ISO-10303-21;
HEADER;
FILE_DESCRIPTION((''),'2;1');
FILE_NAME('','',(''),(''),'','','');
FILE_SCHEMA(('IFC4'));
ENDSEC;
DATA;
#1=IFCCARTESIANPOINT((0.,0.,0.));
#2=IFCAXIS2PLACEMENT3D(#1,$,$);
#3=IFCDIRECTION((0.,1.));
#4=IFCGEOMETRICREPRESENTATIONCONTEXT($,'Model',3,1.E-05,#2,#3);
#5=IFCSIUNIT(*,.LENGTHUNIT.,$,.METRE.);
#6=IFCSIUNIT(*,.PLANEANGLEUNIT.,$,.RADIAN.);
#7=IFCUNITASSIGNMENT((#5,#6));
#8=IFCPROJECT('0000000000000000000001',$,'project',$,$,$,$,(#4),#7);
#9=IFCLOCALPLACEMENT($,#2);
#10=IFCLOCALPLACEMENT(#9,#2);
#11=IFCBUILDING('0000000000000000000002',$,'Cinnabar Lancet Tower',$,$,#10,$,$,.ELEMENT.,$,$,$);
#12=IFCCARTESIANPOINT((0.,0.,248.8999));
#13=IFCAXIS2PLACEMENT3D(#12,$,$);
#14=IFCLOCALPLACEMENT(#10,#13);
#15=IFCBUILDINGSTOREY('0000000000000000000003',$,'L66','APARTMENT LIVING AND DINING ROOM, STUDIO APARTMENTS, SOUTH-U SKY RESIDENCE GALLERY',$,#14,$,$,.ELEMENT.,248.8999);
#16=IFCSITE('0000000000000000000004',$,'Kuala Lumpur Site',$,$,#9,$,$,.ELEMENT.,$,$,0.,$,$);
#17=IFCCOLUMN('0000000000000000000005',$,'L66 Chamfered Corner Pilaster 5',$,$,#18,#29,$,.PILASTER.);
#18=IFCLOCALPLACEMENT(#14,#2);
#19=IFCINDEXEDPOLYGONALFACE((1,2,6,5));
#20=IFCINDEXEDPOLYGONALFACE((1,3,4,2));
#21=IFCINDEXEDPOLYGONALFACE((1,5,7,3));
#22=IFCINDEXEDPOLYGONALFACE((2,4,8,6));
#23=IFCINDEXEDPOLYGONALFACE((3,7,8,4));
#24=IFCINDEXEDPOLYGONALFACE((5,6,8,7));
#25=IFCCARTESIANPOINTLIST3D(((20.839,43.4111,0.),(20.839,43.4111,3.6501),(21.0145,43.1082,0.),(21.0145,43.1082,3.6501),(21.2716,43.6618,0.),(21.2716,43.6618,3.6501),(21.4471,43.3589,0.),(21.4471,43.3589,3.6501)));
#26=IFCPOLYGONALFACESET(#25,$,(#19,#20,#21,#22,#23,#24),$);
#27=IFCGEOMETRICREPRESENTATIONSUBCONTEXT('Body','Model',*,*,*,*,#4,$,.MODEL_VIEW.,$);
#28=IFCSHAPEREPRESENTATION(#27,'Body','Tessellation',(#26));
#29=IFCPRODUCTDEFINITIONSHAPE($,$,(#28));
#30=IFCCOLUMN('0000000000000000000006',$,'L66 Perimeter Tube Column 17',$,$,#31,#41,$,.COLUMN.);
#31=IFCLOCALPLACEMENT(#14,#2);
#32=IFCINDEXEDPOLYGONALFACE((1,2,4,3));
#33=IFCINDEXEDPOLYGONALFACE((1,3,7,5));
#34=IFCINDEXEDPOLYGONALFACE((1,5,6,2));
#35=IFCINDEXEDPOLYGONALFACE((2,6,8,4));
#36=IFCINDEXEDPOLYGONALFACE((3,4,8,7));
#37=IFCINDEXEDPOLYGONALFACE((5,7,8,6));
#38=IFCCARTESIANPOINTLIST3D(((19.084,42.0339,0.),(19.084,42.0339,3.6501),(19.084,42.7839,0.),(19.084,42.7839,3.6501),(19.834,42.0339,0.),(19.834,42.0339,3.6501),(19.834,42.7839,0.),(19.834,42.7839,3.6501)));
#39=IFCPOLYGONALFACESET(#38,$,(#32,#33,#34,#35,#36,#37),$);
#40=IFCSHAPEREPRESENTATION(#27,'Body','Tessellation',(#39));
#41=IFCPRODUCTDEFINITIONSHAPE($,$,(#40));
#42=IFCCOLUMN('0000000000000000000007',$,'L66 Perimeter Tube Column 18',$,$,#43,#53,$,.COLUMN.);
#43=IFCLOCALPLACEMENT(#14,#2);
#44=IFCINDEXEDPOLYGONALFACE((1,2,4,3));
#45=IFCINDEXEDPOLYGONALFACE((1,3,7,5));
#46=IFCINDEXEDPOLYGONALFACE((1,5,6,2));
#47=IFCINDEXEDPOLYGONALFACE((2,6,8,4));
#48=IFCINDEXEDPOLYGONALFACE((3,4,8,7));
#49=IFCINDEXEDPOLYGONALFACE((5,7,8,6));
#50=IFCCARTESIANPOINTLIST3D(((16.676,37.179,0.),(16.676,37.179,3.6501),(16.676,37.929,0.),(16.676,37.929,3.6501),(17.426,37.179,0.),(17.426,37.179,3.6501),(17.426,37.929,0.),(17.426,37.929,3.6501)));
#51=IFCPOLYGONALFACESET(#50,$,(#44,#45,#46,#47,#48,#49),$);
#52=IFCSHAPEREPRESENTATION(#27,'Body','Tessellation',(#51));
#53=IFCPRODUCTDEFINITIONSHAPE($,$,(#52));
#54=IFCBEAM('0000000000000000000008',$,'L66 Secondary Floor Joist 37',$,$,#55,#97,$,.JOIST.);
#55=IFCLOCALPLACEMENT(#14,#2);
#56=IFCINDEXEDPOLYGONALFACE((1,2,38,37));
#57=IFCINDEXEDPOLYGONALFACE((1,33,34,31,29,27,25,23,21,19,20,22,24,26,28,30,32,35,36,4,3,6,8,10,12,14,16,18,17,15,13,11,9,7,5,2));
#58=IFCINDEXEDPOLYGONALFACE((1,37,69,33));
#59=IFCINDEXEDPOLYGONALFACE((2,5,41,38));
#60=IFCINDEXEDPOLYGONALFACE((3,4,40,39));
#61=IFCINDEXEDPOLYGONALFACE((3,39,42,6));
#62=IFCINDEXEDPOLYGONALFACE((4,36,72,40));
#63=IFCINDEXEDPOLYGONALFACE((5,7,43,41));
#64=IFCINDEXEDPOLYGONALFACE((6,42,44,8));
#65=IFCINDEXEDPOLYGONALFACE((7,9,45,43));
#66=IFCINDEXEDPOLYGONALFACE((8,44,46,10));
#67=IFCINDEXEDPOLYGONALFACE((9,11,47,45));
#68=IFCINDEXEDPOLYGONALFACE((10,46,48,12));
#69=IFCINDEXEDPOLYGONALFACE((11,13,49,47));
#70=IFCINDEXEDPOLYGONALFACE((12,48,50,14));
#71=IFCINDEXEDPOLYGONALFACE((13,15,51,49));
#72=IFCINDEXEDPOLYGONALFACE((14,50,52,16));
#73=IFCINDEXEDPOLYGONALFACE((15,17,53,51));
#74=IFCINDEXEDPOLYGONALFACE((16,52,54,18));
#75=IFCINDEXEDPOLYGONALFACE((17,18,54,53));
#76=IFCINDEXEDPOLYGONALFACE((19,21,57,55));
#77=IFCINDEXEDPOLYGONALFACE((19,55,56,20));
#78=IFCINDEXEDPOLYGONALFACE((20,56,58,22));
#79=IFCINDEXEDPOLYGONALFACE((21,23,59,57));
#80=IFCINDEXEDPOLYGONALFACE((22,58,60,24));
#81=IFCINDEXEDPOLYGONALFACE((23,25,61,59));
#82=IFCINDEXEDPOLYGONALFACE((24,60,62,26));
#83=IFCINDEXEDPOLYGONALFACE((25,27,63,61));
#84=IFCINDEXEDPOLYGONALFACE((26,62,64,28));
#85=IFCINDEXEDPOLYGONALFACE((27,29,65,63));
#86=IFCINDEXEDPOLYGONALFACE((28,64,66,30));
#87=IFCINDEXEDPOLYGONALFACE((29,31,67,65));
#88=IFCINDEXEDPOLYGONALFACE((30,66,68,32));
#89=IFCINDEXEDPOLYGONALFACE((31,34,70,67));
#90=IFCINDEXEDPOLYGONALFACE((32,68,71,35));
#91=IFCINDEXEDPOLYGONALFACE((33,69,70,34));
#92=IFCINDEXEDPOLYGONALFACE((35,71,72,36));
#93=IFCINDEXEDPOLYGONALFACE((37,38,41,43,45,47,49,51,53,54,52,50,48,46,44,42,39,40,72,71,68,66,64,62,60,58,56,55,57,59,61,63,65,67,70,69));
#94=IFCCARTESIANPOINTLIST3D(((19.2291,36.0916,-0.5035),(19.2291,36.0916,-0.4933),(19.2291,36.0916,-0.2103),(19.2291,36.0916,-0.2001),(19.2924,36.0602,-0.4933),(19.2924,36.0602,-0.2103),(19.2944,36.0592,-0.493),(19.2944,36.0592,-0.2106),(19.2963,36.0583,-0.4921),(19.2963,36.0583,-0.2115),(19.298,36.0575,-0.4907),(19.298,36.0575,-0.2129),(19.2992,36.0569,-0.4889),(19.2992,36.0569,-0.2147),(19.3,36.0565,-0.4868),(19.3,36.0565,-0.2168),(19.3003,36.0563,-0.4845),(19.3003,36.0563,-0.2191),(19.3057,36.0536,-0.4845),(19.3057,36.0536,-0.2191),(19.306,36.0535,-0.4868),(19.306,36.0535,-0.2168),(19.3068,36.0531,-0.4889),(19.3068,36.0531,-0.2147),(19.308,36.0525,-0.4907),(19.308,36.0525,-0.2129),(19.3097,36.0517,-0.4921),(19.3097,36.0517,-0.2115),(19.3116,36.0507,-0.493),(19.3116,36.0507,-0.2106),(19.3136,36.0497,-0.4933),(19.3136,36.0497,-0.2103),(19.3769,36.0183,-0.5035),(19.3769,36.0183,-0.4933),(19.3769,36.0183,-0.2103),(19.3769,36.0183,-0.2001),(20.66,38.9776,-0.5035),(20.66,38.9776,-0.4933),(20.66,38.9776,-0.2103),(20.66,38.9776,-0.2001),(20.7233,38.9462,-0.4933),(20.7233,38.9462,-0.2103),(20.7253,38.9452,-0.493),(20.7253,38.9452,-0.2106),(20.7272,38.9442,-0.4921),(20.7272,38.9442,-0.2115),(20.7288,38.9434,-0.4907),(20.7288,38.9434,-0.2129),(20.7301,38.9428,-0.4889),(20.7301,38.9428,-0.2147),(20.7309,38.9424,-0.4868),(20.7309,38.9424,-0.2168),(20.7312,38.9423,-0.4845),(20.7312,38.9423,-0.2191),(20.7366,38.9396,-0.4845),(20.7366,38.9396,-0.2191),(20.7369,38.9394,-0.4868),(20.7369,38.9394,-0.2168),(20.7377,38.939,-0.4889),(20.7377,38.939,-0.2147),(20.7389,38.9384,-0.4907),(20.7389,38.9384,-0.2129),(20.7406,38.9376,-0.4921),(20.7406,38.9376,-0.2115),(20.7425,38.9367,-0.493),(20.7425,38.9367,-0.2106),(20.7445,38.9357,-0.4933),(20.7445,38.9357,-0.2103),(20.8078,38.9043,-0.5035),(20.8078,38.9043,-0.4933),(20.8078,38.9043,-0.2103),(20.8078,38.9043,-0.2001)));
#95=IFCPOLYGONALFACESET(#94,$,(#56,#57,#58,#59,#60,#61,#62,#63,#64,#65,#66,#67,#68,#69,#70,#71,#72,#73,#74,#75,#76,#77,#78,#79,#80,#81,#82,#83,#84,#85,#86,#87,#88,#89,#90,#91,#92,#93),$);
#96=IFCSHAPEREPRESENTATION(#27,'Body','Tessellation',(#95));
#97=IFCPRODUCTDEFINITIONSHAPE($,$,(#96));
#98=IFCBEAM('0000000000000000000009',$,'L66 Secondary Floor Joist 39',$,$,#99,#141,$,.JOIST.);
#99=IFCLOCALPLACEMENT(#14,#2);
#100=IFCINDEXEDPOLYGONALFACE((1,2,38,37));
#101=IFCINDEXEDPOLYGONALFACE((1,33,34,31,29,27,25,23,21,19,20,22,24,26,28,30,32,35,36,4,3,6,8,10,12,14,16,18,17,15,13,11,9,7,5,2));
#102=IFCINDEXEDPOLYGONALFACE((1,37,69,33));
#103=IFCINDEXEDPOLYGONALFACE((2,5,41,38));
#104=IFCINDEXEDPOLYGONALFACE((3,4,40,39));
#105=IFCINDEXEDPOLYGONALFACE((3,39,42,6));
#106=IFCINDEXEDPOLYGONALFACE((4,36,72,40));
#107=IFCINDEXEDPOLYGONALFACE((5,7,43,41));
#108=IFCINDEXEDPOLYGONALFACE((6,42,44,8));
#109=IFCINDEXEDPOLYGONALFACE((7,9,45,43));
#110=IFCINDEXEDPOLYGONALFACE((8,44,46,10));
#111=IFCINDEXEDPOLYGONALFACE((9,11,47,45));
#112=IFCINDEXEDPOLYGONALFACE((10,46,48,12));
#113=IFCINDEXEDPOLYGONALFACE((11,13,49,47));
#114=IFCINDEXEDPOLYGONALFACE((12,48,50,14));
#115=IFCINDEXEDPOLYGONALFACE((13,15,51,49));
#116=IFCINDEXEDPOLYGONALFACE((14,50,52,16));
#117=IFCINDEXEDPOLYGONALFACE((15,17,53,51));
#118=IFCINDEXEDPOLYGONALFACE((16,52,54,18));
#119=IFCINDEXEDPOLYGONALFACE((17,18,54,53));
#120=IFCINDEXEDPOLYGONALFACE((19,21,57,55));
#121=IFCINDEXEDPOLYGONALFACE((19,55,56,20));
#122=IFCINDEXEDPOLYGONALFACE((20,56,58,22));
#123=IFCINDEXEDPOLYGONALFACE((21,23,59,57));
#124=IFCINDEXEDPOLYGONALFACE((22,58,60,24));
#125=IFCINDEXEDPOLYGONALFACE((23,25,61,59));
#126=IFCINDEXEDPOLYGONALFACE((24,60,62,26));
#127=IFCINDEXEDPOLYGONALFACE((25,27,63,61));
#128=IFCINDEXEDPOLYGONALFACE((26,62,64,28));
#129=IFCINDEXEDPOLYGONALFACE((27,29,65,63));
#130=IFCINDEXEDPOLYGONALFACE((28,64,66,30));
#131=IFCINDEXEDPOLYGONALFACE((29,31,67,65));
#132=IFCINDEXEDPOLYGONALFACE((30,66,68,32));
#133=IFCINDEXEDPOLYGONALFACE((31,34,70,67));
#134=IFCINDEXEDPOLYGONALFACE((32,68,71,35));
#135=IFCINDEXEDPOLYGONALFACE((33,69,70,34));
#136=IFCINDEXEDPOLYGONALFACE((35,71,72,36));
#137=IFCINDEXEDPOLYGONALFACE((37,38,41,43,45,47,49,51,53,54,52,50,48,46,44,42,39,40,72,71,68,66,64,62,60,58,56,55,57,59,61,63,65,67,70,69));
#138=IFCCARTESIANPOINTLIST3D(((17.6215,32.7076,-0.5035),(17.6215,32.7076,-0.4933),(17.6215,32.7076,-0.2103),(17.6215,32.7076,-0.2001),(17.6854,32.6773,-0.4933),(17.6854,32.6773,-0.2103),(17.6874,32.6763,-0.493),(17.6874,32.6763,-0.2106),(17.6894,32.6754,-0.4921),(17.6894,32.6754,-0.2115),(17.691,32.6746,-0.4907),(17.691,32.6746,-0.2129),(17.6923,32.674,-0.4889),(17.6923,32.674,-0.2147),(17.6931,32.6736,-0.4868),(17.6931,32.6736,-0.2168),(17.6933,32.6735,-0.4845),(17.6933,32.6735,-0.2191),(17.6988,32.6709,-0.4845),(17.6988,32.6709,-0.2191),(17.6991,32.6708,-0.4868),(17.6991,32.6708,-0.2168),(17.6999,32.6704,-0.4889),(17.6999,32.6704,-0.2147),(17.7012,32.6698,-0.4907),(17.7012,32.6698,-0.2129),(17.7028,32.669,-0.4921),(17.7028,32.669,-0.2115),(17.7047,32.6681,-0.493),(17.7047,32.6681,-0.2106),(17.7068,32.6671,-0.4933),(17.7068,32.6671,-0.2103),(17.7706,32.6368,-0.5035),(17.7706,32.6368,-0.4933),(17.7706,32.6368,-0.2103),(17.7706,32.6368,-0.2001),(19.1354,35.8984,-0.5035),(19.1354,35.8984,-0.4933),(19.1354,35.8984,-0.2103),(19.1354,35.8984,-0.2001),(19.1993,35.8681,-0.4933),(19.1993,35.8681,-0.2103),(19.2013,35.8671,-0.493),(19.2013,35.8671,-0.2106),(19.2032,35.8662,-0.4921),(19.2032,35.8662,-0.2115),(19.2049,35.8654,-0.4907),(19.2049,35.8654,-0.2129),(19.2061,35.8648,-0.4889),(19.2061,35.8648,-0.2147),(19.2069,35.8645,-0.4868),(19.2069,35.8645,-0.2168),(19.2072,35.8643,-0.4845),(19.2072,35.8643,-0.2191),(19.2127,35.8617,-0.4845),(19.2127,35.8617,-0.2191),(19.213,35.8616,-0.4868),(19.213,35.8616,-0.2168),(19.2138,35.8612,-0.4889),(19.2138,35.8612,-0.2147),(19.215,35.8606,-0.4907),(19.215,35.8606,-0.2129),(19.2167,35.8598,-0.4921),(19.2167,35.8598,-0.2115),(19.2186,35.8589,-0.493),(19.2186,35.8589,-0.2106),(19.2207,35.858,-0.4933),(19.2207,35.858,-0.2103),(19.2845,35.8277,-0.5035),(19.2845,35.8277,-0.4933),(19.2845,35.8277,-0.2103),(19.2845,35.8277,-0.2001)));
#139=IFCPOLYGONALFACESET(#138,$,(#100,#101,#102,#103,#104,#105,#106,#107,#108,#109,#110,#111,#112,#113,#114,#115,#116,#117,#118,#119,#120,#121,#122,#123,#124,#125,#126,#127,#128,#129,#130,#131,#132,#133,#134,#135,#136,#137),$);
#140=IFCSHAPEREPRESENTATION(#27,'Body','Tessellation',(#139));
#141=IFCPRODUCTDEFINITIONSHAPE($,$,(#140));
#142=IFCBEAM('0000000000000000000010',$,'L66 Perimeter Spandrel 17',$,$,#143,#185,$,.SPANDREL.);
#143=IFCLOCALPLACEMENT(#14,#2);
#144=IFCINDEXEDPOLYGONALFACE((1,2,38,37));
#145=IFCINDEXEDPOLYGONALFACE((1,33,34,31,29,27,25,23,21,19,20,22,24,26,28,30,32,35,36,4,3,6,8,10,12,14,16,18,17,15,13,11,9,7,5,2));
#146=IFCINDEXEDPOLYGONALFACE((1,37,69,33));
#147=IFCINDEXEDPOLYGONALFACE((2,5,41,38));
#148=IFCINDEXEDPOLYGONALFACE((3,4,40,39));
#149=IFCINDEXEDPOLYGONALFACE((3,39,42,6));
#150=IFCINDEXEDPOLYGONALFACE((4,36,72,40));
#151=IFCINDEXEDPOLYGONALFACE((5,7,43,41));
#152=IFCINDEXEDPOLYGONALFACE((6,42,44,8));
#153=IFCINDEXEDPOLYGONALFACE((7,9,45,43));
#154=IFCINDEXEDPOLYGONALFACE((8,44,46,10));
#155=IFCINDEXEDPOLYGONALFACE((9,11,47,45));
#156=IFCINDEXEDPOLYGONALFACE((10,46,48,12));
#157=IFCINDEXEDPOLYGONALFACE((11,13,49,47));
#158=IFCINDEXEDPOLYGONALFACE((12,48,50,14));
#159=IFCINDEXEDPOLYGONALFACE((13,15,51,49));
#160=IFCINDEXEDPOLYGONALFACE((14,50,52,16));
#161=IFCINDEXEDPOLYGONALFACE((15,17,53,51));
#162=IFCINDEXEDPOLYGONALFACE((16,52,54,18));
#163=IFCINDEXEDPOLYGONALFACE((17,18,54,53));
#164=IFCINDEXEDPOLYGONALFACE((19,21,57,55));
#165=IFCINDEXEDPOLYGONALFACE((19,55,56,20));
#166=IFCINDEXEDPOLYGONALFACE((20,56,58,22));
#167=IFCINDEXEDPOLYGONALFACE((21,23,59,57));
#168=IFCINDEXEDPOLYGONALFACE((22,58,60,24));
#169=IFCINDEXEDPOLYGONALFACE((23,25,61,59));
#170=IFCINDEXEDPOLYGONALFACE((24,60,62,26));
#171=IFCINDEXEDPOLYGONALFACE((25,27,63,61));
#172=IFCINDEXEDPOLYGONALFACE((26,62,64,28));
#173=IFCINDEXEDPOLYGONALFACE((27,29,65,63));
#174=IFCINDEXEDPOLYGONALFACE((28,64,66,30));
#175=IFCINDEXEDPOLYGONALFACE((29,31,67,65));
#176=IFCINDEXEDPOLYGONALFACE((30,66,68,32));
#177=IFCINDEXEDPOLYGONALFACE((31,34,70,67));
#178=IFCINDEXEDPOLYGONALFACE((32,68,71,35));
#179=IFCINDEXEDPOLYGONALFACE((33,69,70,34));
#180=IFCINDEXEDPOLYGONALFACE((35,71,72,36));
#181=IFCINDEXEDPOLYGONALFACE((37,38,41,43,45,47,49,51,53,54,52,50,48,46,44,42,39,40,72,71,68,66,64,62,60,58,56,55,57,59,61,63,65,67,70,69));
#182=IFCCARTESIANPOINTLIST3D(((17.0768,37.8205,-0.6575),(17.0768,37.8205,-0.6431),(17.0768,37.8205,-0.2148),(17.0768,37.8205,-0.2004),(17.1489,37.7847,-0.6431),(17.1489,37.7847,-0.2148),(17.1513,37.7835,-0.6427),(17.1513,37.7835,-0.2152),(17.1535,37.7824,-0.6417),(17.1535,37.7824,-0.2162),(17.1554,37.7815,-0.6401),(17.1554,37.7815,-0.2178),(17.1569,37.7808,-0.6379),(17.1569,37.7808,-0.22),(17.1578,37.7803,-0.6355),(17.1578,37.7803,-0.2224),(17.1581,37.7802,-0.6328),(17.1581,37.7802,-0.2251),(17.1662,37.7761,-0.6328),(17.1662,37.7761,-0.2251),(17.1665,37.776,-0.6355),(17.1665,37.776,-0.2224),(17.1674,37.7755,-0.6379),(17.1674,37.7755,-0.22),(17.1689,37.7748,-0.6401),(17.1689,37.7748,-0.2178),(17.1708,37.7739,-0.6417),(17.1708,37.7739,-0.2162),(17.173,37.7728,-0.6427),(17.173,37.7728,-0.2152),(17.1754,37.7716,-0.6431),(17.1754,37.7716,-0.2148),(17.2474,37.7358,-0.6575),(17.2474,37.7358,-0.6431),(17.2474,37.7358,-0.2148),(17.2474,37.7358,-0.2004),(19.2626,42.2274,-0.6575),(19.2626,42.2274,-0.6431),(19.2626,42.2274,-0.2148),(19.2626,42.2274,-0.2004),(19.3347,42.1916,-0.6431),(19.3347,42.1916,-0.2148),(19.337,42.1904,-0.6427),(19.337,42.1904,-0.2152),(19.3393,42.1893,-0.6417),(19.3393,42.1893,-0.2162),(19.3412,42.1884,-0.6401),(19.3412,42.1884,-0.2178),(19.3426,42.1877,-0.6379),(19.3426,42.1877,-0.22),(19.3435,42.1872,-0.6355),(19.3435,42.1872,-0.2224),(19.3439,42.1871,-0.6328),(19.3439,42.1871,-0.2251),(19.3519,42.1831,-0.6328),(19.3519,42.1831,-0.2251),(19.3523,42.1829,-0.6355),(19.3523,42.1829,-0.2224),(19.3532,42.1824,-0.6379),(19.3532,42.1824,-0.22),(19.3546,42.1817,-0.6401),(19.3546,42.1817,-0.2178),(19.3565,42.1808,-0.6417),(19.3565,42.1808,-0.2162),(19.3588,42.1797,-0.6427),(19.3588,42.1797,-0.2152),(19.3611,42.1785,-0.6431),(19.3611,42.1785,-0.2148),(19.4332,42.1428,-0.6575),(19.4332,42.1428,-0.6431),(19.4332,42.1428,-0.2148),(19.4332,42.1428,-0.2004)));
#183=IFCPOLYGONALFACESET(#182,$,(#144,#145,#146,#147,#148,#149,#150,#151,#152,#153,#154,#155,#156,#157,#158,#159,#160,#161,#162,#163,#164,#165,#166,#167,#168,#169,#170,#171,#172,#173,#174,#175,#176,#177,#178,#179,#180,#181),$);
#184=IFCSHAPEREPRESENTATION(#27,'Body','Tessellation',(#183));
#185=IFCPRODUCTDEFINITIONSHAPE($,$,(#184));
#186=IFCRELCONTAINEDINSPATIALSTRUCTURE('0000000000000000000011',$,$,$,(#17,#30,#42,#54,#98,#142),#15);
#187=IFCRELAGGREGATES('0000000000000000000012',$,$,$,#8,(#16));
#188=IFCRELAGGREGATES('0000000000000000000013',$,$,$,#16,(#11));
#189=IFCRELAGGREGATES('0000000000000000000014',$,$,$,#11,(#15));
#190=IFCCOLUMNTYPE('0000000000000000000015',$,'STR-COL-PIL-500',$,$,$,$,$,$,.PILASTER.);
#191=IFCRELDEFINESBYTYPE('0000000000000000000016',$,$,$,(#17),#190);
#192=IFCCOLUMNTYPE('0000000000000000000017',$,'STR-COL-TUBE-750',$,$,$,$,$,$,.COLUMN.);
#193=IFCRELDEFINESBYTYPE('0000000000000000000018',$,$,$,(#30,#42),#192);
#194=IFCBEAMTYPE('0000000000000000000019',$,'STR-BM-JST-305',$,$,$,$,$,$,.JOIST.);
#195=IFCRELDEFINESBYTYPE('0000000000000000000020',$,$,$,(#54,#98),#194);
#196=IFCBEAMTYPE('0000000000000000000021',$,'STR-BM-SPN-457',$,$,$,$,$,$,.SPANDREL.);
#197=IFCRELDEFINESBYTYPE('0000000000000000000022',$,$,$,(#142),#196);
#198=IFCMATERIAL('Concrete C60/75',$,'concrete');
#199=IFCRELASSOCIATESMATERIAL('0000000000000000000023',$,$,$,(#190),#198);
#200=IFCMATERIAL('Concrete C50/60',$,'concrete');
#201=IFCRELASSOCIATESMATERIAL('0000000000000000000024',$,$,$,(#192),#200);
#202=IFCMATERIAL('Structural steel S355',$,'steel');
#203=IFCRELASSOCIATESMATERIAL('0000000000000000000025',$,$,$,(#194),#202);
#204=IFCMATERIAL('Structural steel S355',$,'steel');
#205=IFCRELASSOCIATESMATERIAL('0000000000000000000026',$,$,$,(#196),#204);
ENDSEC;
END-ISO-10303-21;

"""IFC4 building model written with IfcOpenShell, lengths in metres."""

from ifc_helpers import new_model, si_unit, direction, frame, origin, origin_2d, place, context, subcontext, project, spatial, rectangle, i_section, extrude, material, material_profile, profile_set, type_object, element, save


model = new_model("IFC4")

# Units and contexts
model_context = context("Model", 3, precision=1e-05, world=origin(), true_north=direction((0.0, 1.0)))
body_context = subcontext(model_context, "Body", "Model", "MODEL_VIEW")
ifc_project = project(units=[si_unit("LENGTHUNIT", "METRE"), si_unit("PLANEANGLEUNIT", "RADIAN")], contexts=[model_context])

# Site, building, storey
site_placement = place(None, origin())
site = spatial("IfcSite", under=ifc_project, at=site_placement, Name="Kuala Lumpur Site", CompositionType="ELEMENT", RefElevation=0.0)
building_placement = place(site_placement, origin())
building = spatial("IfcBuilding", under=site, at=building_placement, Name="Cinnabar Lancet Tower", CompositionType="ELEMENT")
storey_placement = place(building_placement, frame((0.0, 0.0, 248.8999)))
storey = spatial("IfcBuildingStorey", under=building, at=storey_placement, Name="L66", Description="APARTMENT LIVING AND DINING ROOM, STUDIO APARTMENTS, SOUTH-U SKY RESIDENCE GALLERY", CompositionType="ELEMENT", Elevation=248.8999)

# Columns
ifc_material_1 = material(Name="Concrete C60/75", Category="concrete")
ifc_material_profile_1 = material_profile(ifc_material_1, rectangle(XDim=0.5, YDim=0.3501, at=origin_2d()), Name="RC-PIL 500x350")
ifc_profile_set_1 = profile_set([ifc_material_profile_1], Name="Concrete C60/75")
column_type_1 = type_object("IfcColumnType", Name="STR-COL-PIL-500", PredefinedType="PILASTER", material=ifc_profile_set_1)
column_placement = place(storey_placement, frame((21.1431, 43.385, 0.0), z_axis=(0.0, 0.0, 1.0), x_axis=(-0.865256, -0.50133, 0.0)))
element("IfcColumn", 1, at=column_placement, inside=storey, type_object=column_type_1, Name="L66 Chamfered Corner Pilaster 5", PredefinedType="PILASTER", context=body_context, shape_type="SweptSolid", body=[
    extrude(rectangle(XDim=0.5, YDim=0.3501, at=origin_2d()), origin(), (0.0, 0.0, 1.0), 3.6501),
])
ifc_material_2 = material(Name="Concrete C50/60", Category="concrete")
ifc_material_profile_2 = material_profile(ifc_material_2, rectangle(XDim=0.75, YDim=0.75, at=origin_2d()), Name="RC-COL 750x750")
ifc_profile_set_2 = profile_set([ifc_material_profile_2], Name="Concrete C50/60")
column_type_2 = type_object("IfcColumnType", Name="STR-COL-TUBE-750", PredefinedType="COLUMN", material=ifc_profile_set_2)
for number, where, z_axis, x_axis, name in (
    (2, (19.459, 42.4089, 0.0), (0.0, 0.0, 1.0), (1.0, 0.0, 0.0), "L66 Perimeter Tube Column 17"),
    (3, (17.051, 37.554, 0.0), (0.0, 0.0, 1.0), (1.0, 0.0, 0.0), "L66 Perimeter Tube Column 18"),
):
    element("IfcColumn", number, at=place(storey_placement, frame(where, z_axis=z_axis, x_axis=x_axis)), inside=storey, type_object=column_type_2, Name=name, PredefinedType="COLUMN", context=body_context, shape_type="SweptSolid", body=[
        extrude(rectangle(XDim=0.75, YDim=0.75, at=origin_2d()), origin(), (0.0, 0.0, 1.0), 3.6501),
    ])

# Beams
ifc_material_3 = material(Name="Structural steel S355", Category="steel")
ifc_material_profile_3 = material_profile(ifc_material_3, i_section(OverallWidth=0.165, OverallDepth=0.3035, WebThickness=0.0061, FlangeThickness=0.0103, FilletRadius=0.0088, at=origin_2d()), Name="UKB 305x165x40")
ifc_profile_set_3 = profile_set([ifc_material_profile_3], Name="Structural steel S355")
beam_type_1 = type_object("IfcBeamType", Name="STR-BM-JST-305", PredefinedType="JOIST", material=ifc_profile_set_3)
beam_1_placement = place(storey_placement, frame((20.7339, 38.9409, -0.3518), z_axis=(-0.44421, -0.895923, 0.0), x_axis=(0.895923, -0.44421, 0.0)))
element("IfcBeam", 4, at=beam_1_placement, inside=storey, type_object=beam_type_1, Name="L66 Secondary Floor Joist 37", PredefinedType="JOIST", context=body_context, shape_type="SweptSolid", body=[
    extrude(i_section(OverallWidth=0.165, OverallDepth=0.3035, WebThickness=0.0061, FlangeThickness=0.0103, FilletRadius=0.0088, at=origin_2d()), origin(), (0.0, 0.0, 1.0), 3.2212),
])
beam_2_placement = place(storey_placement, frame((19.21, 35.863, -0.3518), z_axis=(-0.428648, -0.903472, 0.0), x_axis=(0.903472, -0.428648, 0.0)))
element("IfcBeam", 5, at=beam_2_placement, inside=storey, type_object=beam_type_1, Name="L66 Secondary Floor Joist 39", PredefinedType="JOIST", context=body_context, shape_type="SweptSolid", body=[
    extrude(i_section(OverallWidth=0.165, OverallDepth=0.3035, WebThickness=0.0061, FlangeThickness=0.0103, FilletRadius=0.0088, at=origin_2d()), origin(), (0.0, 0.0, 1.0), 3.5317),
])
ifc_material_4 = material(Name="Structural steel S355", Category="steel")
ifc_material_profile_4 = material_profile(ifc_material_4, i_section(OverallWidth=0.1904, OverallDepth=0.457, WebThickness=0.009, FlangeThickness=0.0144, FilletRadius=0.0103, at=origin_2d()), Name="UKB 457x191x74")
ifc_profile_set_4 = profile_set([ifc_material_profile_4], Name="Structural steel S355")
beam_type_2 = type_object("IfcBeamType", Name="STR-BM-SPN-457", PredefinedType="SPANDREL", material=ifc_profile_set_4)
beam_3_placement = place(storey_placement, frame((19.3479, 42.1851, -0.429), z_axis=(-0.444333, -0.895862, 0.0), x_axis=(0.895862, -0.444333, 0.0)))
element("IfcBeam", 6, at=beam_3_placement, inside=storey, type_object=beam_type_2, Name="L66 Perimeter Spandrel 17", PredefinedType="SPANDREL", context=body_context, shape_type="SweptSolid", body=[
    extrude(i_section(OverallWidth=0.1904, OverallDepth=0.457, WebThickness=0.009, FlangeThickness=0.0144, FilletRadius=0.0103, at=origin_2d()), origin(), (0.0, 0.0, 1.0), 4.9192),
])

save(model, "model.ifc")
